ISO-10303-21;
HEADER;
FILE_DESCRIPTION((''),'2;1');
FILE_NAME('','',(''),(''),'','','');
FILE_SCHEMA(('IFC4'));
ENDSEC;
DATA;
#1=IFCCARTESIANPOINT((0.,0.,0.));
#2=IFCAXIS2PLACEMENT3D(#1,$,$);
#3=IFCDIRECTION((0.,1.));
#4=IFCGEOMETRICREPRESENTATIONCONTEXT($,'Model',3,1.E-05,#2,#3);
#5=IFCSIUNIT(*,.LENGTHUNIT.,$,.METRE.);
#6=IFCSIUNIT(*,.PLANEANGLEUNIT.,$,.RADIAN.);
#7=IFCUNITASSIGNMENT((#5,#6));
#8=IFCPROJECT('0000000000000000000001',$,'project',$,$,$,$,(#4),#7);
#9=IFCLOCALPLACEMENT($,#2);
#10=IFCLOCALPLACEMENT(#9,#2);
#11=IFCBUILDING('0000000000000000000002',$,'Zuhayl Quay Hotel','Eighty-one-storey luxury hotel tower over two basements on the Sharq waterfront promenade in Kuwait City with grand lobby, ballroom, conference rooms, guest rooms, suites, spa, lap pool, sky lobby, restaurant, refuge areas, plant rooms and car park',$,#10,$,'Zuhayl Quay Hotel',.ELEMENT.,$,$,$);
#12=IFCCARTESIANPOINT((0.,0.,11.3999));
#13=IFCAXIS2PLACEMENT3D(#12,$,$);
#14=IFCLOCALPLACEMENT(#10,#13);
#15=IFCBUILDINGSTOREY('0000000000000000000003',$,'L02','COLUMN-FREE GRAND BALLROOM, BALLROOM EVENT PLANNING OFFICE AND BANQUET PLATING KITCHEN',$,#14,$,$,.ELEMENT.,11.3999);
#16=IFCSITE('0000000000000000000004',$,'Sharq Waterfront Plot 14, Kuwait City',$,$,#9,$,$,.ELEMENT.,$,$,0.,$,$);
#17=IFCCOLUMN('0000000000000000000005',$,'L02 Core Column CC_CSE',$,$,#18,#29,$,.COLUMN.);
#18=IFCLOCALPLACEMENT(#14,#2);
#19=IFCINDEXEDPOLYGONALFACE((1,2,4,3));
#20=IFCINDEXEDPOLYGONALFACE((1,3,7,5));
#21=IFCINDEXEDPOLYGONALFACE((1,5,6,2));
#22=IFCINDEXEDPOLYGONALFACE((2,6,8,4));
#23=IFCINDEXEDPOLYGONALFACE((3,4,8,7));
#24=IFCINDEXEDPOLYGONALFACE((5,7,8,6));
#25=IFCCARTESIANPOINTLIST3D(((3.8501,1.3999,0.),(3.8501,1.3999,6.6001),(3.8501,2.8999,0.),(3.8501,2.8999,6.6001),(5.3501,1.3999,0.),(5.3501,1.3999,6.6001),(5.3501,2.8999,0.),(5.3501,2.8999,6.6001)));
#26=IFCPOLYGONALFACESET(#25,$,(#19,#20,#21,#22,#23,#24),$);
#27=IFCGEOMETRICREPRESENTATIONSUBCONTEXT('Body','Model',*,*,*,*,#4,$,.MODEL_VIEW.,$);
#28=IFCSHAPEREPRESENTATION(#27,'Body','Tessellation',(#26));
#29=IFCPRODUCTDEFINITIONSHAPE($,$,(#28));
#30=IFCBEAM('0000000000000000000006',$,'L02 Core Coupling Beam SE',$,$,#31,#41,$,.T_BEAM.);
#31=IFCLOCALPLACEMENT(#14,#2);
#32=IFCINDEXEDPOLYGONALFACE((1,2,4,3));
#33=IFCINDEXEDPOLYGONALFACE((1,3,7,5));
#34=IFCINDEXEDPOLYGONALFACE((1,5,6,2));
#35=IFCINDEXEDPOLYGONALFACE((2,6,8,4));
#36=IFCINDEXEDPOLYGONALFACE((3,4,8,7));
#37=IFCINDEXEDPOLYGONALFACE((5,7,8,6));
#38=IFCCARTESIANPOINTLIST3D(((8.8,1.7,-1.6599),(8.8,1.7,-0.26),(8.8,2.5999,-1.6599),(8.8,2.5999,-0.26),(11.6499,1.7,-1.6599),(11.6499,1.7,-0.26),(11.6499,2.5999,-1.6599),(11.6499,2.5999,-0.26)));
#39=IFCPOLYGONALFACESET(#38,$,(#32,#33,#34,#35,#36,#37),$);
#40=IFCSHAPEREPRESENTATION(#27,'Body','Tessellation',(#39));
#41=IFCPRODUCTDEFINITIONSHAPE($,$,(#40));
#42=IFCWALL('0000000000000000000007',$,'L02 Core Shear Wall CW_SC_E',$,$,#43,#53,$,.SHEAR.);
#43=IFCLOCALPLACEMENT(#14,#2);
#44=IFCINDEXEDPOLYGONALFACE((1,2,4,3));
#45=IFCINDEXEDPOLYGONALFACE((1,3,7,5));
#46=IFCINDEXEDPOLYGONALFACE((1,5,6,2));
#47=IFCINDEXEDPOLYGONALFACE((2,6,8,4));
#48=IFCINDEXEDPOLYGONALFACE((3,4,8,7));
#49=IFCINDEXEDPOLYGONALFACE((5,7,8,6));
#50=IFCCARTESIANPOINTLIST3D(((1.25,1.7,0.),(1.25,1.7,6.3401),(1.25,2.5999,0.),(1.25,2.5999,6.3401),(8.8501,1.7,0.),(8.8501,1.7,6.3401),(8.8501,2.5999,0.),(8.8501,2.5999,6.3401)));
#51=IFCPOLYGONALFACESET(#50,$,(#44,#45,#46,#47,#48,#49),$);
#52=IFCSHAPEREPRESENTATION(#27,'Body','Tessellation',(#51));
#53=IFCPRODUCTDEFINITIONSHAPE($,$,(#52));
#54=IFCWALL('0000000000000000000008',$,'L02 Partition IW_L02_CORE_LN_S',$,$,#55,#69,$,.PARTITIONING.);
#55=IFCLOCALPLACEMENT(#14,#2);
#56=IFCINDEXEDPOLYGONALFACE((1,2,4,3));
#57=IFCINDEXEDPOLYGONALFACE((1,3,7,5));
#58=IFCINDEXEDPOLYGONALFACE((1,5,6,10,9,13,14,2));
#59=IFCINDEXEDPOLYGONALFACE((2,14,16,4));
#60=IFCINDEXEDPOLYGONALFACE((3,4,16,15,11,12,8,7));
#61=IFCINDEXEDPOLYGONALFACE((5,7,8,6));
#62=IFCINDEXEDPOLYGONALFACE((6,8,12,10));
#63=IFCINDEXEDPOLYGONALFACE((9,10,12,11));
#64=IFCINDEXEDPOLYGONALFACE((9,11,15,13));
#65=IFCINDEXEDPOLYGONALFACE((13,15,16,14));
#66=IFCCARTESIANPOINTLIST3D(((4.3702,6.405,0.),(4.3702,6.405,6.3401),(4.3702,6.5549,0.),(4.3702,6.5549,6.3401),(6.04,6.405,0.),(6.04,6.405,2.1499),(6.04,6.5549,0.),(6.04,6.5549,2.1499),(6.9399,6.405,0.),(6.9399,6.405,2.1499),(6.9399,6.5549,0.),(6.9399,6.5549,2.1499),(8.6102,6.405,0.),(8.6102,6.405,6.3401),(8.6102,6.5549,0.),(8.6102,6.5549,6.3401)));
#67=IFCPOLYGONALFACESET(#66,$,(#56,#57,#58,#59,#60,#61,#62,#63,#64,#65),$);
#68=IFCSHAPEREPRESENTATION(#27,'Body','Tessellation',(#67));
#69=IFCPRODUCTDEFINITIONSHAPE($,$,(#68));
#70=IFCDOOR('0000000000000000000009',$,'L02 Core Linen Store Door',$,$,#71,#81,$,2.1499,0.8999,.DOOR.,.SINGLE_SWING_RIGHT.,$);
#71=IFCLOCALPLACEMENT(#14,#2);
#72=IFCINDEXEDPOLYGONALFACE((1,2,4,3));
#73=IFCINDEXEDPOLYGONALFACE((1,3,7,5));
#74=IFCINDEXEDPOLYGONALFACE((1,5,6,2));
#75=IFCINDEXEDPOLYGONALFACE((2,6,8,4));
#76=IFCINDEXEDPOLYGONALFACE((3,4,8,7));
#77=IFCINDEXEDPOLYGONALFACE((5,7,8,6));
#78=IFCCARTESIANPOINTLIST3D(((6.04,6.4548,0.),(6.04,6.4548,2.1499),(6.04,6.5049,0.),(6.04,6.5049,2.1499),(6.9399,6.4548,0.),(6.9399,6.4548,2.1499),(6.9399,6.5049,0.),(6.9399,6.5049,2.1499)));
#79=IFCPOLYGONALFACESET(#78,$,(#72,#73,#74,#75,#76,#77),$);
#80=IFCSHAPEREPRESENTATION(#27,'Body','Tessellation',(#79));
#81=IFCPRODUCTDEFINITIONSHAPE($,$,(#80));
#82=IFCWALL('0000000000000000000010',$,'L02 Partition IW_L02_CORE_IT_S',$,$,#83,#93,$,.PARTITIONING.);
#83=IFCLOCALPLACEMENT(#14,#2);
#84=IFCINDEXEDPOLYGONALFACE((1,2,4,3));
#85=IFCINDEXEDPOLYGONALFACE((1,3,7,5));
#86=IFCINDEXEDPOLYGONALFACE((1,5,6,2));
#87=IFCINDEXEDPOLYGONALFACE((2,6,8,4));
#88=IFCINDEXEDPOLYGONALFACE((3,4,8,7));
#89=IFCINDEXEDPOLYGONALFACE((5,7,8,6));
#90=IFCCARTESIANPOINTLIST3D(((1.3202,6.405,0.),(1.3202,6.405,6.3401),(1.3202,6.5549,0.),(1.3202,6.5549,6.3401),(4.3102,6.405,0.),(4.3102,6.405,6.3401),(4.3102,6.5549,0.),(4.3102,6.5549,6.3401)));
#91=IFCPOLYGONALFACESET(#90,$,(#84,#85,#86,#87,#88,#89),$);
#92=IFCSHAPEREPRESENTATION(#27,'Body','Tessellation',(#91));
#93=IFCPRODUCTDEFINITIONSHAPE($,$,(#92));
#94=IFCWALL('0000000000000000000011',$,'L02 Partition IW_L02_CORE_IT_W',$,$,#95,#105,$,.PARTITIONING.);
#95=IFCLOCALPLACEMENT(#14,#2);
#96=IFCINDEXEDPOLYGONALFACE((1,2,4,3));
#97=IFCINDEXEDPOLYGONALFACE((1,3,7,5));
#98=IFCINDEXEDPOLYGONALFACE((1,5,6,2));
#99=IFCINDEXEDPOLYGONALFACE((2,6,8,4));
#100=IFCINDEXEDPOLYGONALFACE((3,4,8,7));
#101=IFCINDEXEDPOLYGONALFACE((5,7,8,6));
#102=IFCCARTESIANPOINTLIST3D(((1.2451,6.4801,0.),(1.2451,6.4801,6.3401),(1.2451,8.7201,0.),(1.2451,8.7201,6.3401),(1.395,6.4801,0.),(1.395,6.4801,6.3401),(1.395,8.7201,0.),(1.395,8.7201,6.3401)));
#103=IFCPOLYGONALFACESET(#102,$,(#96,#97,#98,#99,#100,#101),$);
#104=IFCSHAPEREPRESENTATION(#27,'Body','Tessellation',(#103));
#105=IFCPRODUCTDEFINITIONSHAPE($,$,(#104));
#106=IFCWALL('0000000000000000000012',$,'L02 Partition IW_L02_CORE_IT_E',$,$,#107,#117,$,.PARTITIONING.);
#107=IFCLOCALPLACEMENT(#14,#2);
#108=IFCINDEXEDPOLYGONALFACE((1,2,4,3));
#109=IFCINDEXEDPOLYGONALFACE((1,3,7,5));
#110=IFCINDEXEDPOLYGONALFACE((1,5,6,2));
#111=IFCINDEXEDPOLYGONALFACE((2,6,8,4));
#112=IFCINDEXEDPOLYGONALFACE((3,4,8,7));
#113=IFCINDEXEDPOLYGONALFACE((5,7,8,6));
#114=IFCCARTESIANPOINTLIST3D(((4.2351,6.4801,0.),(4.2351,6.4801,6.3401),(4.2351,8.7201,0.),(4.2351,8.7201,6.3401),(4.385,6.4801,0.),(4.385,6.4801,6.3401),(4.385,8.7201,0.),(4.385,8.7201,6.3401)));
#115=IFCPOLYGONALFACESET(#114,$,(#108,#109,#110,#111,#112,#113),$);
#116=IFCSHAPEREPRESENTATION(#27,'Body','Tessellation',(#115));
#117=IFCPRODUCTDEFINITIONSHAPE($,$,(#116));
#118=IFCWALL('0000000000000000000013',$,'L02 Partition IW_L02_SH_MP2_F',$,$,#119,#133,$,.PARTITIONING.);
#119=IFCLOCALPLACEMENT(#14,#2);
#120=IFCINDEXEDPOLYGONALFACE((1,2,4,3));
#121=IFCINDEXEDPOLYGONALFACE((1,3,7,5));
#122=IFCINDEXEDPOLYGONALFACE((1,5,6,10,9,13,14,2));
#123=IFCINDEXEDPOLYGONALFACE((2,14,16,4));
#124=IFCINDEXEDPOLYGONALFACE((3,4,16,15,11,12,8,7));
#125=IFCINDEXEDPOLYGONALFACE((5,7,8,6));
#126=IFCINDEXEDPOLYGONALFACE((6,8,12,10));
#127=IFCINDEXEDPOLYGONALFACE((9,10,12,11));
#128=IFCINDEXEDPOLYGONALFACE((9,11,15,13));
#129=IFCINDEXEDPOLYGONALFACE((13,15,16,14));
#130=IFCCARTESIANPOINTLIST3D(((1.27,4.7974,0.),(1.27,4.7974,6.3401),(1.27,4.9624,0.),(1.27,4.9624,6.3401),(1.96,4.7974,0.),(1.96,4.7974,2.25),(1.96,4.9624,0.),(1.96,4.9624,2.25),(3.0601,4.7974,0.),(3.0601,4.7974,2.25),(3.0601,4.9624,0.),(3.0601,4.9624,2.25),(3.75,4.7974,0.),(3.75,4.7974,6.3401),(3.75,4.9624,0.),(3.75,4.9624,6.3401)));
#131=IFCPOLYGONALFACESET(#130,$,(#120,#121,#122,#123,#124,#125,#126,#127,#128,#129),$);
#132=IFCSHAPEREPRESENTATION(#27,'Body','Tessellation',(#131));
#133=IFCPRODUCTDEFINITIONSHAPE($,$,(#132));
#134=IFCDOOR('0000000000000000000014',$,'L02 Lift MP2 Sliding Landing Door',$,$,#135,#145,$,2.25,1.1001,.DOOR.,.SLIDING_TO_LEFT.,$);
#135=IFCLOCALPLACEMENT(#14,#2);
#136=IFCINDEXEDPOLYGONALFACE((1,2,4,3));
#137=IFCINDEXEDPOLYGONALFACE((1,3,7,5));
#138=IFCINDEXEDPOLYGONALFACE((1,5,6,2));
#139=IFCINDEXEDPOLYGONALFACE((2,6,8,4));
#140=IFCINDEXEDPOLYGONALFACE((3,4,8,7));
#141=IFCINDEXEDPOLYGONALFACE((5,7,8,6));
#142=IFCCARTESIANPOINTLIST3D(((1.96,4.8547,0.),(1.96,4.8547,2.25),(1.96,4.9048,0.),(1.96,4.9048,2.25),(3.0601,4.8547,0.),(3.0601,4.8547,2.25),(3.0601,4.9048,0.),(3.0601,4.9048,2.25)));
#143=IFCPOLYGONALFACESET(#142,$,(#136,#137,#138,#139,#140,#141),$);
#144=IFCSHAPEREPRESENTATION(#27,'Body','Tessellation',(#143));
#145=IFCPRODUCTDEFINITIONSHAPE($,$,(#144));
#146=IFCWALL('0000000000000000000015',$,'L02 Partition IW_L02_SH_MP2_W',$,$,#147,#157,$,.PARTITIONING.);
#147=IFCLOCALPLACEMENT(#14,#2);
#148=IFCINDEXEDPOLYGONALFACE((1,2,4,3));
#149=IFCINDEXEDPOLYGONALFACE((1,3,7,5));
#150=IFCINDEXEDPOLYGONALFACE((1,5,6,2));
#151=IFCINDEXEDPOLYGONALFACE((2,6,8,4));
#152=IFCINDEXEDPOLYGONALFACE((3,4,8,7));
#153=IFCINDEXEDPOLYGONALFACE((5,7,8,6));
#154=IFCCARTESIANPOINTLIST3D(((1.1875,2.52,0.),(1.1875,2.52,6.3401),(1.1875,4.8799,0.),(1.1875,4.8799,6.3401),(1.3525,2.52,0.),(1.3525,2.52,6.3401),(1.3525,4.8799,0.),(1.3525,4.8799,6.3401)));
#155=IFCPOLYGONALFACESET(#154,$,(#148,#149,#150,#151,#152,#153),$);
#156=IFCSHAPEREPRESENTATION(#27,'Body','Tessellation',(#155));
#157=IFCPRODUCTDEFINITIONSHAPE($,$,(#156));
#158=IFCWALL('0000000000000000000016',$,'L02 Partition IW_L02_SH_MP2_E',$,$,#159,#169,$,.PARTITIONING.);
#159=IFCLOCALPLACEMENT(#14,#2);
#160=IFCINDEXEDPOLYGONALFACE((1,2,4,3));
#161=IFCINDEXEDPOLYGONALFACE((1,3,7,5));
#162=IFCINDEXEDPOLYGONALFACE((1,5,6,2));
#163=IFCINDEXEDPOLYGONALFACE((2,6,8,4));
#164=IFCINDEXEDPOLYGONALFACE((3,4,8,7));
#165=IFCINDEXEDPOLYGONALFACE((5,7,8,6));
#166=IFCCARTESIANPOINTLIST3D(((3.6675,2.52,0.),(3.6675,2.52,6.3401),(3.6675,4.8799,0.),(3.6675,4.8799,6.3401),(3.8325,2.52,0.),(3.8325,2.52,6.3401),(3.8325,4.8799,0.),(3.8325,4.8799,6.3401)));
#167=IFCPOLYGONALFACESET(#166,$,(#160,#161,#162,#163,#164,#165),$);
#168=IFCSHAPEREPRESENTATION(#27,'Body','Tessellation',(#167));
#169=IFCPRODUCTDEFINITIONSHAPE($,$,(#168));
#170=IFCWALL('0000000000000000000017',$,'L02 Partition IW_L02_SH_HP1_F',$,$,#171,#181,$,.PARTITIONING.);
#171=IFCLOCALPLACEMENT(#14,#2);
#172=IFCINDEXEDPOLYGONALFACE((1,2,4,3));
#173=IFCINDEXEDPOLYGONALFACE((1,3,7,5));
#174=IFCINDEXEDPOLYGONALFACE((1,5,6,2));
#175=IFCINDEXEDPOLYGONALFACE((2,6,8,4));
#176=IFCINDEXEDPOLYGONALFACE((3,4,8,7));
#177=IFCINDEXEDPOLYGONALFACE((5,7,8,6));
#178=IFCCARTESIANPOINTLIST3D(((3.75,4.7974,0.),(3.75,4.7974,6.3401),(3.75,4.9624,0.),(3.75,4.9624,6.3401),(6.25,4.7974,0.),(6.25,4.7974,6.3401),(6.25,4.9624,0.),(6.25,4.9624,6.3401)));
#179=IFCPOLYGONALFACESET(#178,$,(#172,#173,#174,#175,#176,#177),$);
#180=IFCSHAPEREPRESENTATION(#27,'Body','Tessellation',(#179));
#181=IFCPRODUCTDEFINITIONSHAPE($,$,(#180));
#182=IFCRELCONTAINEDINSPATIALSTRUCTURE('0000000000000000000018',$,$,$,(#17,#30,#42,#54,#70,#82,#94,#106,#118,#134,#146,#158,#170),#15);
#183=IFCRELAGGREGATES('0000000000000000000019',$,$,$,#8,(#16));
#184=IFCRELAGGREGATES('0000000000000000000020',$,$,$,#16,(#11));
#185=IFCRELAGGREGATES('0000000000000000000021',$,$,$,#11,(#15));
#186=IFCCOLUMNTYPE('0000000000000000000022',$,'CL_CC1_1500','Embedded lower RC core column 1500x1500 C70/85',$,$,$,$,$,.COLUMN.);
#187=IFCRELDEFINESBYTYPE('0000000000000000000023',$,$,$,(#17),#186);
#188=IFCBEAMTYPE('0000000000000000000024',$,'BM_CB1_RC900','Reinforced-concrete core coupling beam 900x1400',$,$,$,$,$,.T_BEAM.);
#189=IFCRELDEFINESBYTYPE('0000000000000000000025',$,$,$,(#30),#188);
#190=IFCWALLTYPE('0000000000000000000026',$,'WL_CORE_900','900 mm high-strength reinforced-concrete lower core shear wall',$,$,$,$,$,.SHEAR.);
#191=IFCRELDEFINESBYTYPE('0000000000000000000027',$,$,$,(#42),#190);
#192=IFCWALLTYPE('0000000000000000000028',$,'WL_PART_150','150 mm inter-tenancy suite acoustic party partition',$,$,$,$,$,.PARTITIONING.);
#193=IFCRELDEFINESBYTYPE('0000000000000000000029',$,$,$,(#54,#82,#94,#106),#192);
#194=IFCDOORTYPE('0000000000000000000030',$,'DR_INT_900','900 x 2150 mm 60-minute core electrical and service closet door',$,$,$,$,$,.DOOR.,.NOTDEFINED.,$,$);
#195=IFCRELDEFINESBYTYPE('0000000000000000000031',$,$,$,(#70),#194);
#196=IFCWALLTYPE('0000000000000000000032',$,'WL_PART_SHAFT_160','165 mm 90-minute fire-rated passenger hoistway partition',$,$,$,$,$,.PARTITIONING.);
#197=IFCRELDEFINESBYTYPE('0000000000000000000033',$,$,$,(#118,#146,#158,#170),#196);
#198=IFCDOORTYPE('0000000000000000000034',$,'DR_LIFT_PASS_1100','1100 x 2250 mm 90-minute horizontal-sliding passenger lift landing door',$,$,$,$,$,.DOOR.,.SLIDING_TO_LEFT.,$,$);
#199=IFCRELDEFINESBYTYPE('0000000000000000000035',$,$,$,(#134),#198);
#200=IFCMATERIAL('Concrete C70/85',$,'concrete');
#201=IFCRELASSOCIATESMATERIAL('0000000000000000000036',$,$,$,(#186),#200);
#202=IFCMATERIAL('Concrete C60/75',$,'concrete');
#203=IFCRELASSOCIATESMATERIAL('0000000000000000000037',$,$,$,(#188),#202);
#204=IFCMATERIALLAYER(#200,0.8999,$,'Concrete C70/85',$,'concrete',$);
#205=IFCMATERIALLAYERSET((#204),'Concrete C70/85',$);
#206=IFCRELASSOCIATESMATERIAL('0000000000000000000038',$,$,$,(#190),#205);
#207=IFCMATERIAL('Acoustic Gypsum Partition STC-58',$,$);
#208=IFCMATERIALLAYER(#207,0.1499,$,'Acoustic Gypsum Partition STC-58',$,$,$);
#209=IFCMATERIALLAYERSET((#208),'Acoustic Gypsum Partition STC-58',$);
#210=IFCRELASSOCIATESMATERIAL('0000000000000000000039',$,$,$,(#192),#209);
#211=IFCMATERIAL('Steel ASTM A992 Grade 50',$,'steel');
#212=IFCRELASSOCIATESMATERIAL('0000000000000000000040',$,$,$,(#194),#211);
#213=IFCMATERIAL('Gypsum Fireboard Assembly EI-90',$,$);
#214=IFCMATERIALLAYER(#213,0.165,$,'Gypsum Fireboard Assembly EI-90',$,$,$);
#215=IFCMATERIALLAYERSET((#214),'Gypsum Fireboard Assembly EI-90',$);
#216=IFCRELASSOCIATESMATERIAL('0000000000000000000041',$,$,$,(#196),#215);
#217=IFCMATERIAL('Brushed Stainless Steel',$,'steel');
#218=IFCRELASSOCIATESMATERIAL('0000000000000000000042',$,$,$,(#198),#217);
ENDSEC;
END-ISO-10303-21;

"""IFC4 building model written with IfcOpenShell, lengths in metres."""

from ifc_helpers import new_model, si_unit, direction, frame, frame_2d, origin, origin_2d, place, context, subcontext, project, spatial, rectangle, extrude, material, layer, layer_set, material_profile, profile_set, type_object, element, fill, save


model = new_model("IFC4")

# Units and contexts
model_context = context("Model", 3, precision=1e-05, world=origin(), true_north=direction((0.0, 1.0)))
body_context = subcontext(model_context, "Body", "Model", "MODEL_VIEW")
ifc_project = project(units=[si_unit("LENGTHUNIT", "METRE"), si_unit("PLANEANGLEUNIT", "RADIAN")], contexts=[model_context])

# Site, building, storey
site_placement = place(None, origin())
site = spatial("IfcSite", under=ifc_project, at=site_placement, Name="Sharq Waterfront Plot 14, Kuwait City", CompositionType="ELEMENT", RefElevation=0.0)
building_placement = place(site_placement, origin())
building = spatial("IfcBuilding", under=site, at=building_placement, Name="Zuhayl Quay Hotel", Description="Eighty-one-storey luxury hotel tower over two basements on the Sharq waterfront promenade in Kuwait City with grand lobby, ballroom, conference rooms, guest rooms, suites, spa, lap pool, sky lobby, restaurant, refuge areas, plant rooms and car park", LongName="Zuhayl Quay Hotel", CompositionType="ELEMENT")
storey_placement = place(building_placement, frame((0.0, 0.0, 11.3999)))
storey = spatial("IfcBuildingStorey", under=building, at=storey_placement, Name="L02", Description="COLUMN-FREE GRAND BALLROOM, BALLROOM EVENT PLANNING OFFICE AND BANQUET PLATING KITCHEN", CompositionType="ELEMENT", Elevation=11.3999)

# Column
ifc_material_1 = material(Name="Concrete C70/85", Category="concrete")
ifc_material_profile_1 = material_profile(ifc_material_1, rectangle(XDim=1.5, YDim=1.5, at=origin_2d()), Name="RC1500X1500")
ifc_profile_set_1 = profile_set([ifc_material_profile_1], Name="Concrete C70/85")
column_type = type_object("IfcColumnType", Name="CL_CC1_1500", Description="Embedded lower RC core column 1500x1500 C70/85", PredefinedType="COLUMN", material=ifc_profile_set_1)
column_placement = place(storey_placement, frame((4.6001, 2.1499, 0.0), z_axis=(0.0, 0.0, 1.0), x_axis=(1.0, 0.0, 0.0)))
element("IfcColumn", 1, at=column_placement, inside=storey, type_object=column_type, Name="L02 Core Column CC_CSE", PredefinedType="COLUMN", context=body_context, shape_type="SweptSolid", body=[
    extrude(rectangle(XDim=1.5, YDim=1.5, at=origin_2d()), origin(), (0.0, 0.0, 1.0), 6.6001),
])

# Beam
ifc_material_2 = material(Name="Concrete C60/75", Category="concrete")
ifc_material_profile_2 = material_profile(ifc_material_2, rectangle(XDim=0.8999, YDim=1.3999, at=origin_2d()), Name="RC900X1400")
ifc_profile_set_2 = profile_set([ifc_material_profile_2], Name="Concrete C60/75")
beam_type = type_object("IfcBeamType", Name="BM_CB1_RC900", Description="Reinforced-concrete core coupling beam 900x1400", PredefinedType="T_BEAM", material=ifc_profile_set_2)
beam_placement = place(storey_placement, frame((8.8, 2.1499, -0.96), z_axis=(1.0, 0.0, 0.0), x_axis=(0.0, 1.0, 0.0)))
element("IfcBeam", 2, at=beam_placement, inside=storey, type_object=beam_type, Name="L02 Core Coupling Beam SE", PredefinedType="T_BEAM", context=body_context, shape_type="SweptSolid", body=[
    extrude(rectangle(XDim=0.8999, YDim=1.3999, at=origin_2d()), origin(), (0.0, 0.0, 1.0), 2.8499),
])

# Wall
ifc_layer_1 = layer(ifc_material_1, 0.8999, Name="Concrete C70/85", Category="concrete")
ifc_layer_set_1 = layer_set([ifc_layer_1], Name="Concrete C70/85")
wall_type_1 = type_object("IfcWallType", Name="WL_CORE_900", Description="900 mm high-strength reinforced-concrete lower core shear wall", PredefinedType="SHEAR", material=ifc_layer_set_1)
wall_1_placement = place(storey_placement, frame((1.25, 2.1499, 0.0), z_axis=(0.0, 0.0, 1.0), x_axis=(1.0, 0.0, 0.0)))
element("IfcWall", 3, at=wall_1_placement, inside=storey, type_object=wall_type_1, Name="L02 Core Shear Wall CW_SC_E", PredefinedType="SHEAR", context=body_context, shape_type="SweptSolid", body=[
    extrude(rectangle(XDim=7.6001, YDim=0.8999, at=frame_2d((3.8, 0.0))), origin(), (0.0, 0.0, 1.0), 6.3401),
])

# Wall, opening, door
ifc_material_3 = material(Name="Acoustic Gypsum Partition STC-58")
ifc_layer_2 = layer(ifc_material_3, 0.1499, Name="Acoustic Gypsum Partition STC-58")
ifc_layer_set_2 = layer_set([ifc_layer_2], Name="Acoustic Gypsum Partition STC-58")
wall_type_2 = type_object("IfcWallType", Name="WL_PART_150", Description="150 mm inter-tenancy suite acoustic party partition", PredefinedType="PARTITIONING", material=ifc_layer_set_2)
wall_2_placement = place(storey_placement, frame((4.3701, 6.48, 0.0), z_axis=(0.0, 0.0, 1.0), x_axis=(1.0, 0.0, 0.0)))
wall_2 = element("IfcWall", 4, at=wall_2_placement, inside=storey, type_object=wall_type_2, Name="L02 Partition IW_L02_CORE_LN_S", PredefinedType="PARTITIONING", context=body_context, shape_type="SweptSolid", body=[
    extrude(rectangle(XDim=4.24, YDim=0.1499, at=frame_2d((2.1201, 0.0))), origin(), (0.0, 0.0, 1.0), 6.3401),
])
opening_1_placement = place(wall_2_placement, frame((1.6699, 0.0, 0.0)))
opening_1 = element("IfcOpeningElement", 5, at=opening_1_placement, cuts=wall_2, PredefinedType="OPENING", context=body_context, shape_type="SweptSolid", body=[
    extrude(rectangle(XDim=0.8999, YDim=2.1499, at=frame_2d((0.45, 1.075))), frame((0.0, 0.085, 0.0), z_axis=(0.0, -1.0, 0.0), x_axis=(1.0, 0.0, 0.0)), (0.0, 0.0, 1.0), 0.1699),
])
ifc_material_4 = material(Name="Steel ASTM A992 Grade 50", Category="steel")
door_type_1 = type_object("IfcDoorType", Name="DR_INT_900", Description="900 x 2150 mm 60-minute core electrical and service closet door", OperationType="NOTDEFINED", PredefinedType="DOOR", material=ifc_material_4)
door_1_placement = place(opening_1_placement, origin())
door_1 = element("IfcDoor", 6, at=door_1_placement, inside=storey, type_object=door_type_1, Name="L02 Core Linen Store Door", OperationType="SINGLE_SWING_RIGHT", OverallHeight=2.1499, OverallWidth=0.8999, PredefinedType="DOOR", context=body_context, shape_type="SweptSolid", body=[
    extrude(rectangle(XDim=0.8999, YDim=2.1499, at=frame_2d((0.45, 1.075))), frame((0.0, 0.0249, 0.0), z_axis=(0.0, -1.0, 0.0), x_axis=(1.0, 0.0, 0.0)), (0.0, 0.0, 1.0), 0.05),
])
fill(opening_1, door_1)

# Walls
wall_3_placement = place(storey_placement, frame((1.3201, 6.48, 0.0), z_axis=(0.0, 0.0, 1.0), x_axis=(1.0, 0.0, 0.0)))
element("IfcWall", 7, at=wall_3_placement, inside=storey, type_object=wall_type_2, Name="L02 Partition IW_L02_CORE_IT_S", PredefinedType="PARTITIONING", context=body_context, shape_type="SweptSolid", body=[
    extrude(rectangle(XDim=2.99, YDim=0.1499, at=frame_2d((1.4951, 0.0))), origin(), (0.0, 0.0, 1.0), 6.3401),
])
for number, where, z_axis, x_axis, name in (
    (8, (1.3201, 6.48, 0.0), (0.0, 0.0, 1.0), (0.0, 1.0, 0.0), "L02 Partition IW_L02_CORE_IT_W"),
    (9, (4.3101, 6.48, 0.0), (0.0, 0.0, 1.0), (0.0, 1.0, 0.0), "L02 Partition IW_L02_CORE_IT_E"),
):
    element("IfcWall", number, at=place(storey_placement, frame(where, z_axis=z_axis, x_axis=x_axis)), inside=storey, type_object=wall_type_2, Name=name, PredefinedType="PARTITIONING", context=body_context, shape_type="SweptSolid", body=[
        extrude(rectangle(XDim=2.24, YDim=0.1499, at=frame_2d((1.1201, 0.0))), origin(), (0.0, 0.0, 1.0), 6.3401),
    ])

# Wall, opening, door
ifc_material_5 = material(Name="Gypsum Fireboard Assembly EI-90")
ifc_layer_3 = layer(ifc_material_5, 0.165, Name="Gypsum Fireboard Assembly EI-90")
ifc_layer_set_3 = layer_set([ifc_layer_3], Name="Gypsum Fireboard Assembly EI-90")
wall_type_3 = type_object("IfcWallType", Name="WL_PART_SHAFT_160", Description="165 mm 90-minute fire-rated passenger hoistway partition", PredefinedType="PARTITIONING", material=ifc_layer_set_3)
wall_4_placement = place(storey_placement, frame((1.27, 4.8799, 0.0), z_axis=(0.0, 0.0, 1.0), x_axis=(1.0, 0.0, 0.0)))
wall_4 = element("IfcWall", 10, at=wall_4_placement, inside=storey, type_object=wall_type_3, Name="L02 Partition IW_L02_SH_MP2_F", PredefinedType="PARTITIONING", context=body_context, shape_type="SweptSolid", body=[
    extrude(rectangle(XDim=2.48, YDim=0.165, at=frame_2d((1.24, 0.0))), origin(), (0.0, 0.0, 1.0), 6.3401),
])
opening_2_placement = place(wall_4_placement, frame((0.6899, 0.0, 0.0)))
opening_2 = element("IfcOpeningElement", 11, at=opening_2_placement, cuts=wall_4, PredefinedType="OPENING", context=body_context, shape_type="SweptSolid", body=[
    extrude(rectangle(XDim=1.1001, YDim=2.25, at=frame_2d((0.55, 1.125))), frame((0.0, 0.0925, 0.0), z_axis=(0.0, -1.0, 0.0), x_axis=(1.0, 0.0, 0.0)), (0.0, 0.0, 1.0), 0.1851),
])
ifc_material_6 = material(Name="Brushed Stainless Steel", Category="steel")
door_type_2 = type_object("IfcDoorType", Name="DR_LIFT_PASS_1100", Description="1100 x 2250 mm 90-minute horizontal-sliding passenger lift landing door", OperationType="SLIDING_TO_LEFT", PredefinedType="DOOR", material=ifc_material_6)
door_2_placement = place(opening_2_placement, origin())
door_2 = element("IfcDoor", 12, at=door_2_placement, inside=storey, type_object=door_type_2, Name="L02 Lift MP2 Sliding Landing Door", OperationType="SLIDING_TO_LEFT", OverallHeight=2.25, OverallWidth=1.1001, PredefinedType="DOOR", context=body_context, shape_type="SweptSolid", body=[
    extrude(rectangle(XDim=1.1001, YDim=2.25, at=frame_2d((0.55, 1.125))), frame((0.0, 0.0249, 0.0), z_axis=(0.0, -1.0, 0.0), x_axis=(1.0, 0.0, 0.0)), (0.0, 0.0, 1.0), 0.05),
])
fill(opening_2, door_2)

# Walls
for number, where, z_axis, x_axis, name in (
    (13, (1.27, 2.52, 0.0), (0.0, 0.0, 1.0), (0.0, 1.0, 0.0), "L02 Partition IW_L02_SH_MP2_W"),
    (14, (3.75, 2.52, 0.0), (0.0, 0.0, 1.0), (0.0, 1.0, 0.0), "L02 Partition IW_L02_SH_MP2_E"),
):
    element("IfcWall", number, at=place(storey_placement, frame(where, z_axis=z_axis, x_axis=x_axis)), inside=storey, type_object=wall_type_3, Name=name, PredefinedType="PARTITIONING", context=body_context, shape_type="SweptSolid", body=[
        extrude(rectangle(XDim=2.3599, YDim=0.165, at=frame_2d((1.1799, 0.0))), origin(), (0.0, 0.0, 1.0), 6.3401),
    ])
wall_5_placement = place(storey_placement, frame((3.75, 4.8799, 0.0), z_axis=(0.0, 0.0, 1.0), x_axis=(1.0, 0.0, 0.0)))
element("IfcWall", 15, at=wall_5_placement, inside=storey, type_object=wall_type_3, Name="L02 Partition IW_L02_SH_HP1_F", PredefinedType="PARTITIONING", context=body_context, shape_type="SweptSolid", body=[
    extrude(rectangle(XDim=2.5, YDim=0.165, at=frame_2d((1.25, 0.0))), origin(), (0.0, 0.0, 1.0), 6.3401),
])

save(model, "model.ifc")
